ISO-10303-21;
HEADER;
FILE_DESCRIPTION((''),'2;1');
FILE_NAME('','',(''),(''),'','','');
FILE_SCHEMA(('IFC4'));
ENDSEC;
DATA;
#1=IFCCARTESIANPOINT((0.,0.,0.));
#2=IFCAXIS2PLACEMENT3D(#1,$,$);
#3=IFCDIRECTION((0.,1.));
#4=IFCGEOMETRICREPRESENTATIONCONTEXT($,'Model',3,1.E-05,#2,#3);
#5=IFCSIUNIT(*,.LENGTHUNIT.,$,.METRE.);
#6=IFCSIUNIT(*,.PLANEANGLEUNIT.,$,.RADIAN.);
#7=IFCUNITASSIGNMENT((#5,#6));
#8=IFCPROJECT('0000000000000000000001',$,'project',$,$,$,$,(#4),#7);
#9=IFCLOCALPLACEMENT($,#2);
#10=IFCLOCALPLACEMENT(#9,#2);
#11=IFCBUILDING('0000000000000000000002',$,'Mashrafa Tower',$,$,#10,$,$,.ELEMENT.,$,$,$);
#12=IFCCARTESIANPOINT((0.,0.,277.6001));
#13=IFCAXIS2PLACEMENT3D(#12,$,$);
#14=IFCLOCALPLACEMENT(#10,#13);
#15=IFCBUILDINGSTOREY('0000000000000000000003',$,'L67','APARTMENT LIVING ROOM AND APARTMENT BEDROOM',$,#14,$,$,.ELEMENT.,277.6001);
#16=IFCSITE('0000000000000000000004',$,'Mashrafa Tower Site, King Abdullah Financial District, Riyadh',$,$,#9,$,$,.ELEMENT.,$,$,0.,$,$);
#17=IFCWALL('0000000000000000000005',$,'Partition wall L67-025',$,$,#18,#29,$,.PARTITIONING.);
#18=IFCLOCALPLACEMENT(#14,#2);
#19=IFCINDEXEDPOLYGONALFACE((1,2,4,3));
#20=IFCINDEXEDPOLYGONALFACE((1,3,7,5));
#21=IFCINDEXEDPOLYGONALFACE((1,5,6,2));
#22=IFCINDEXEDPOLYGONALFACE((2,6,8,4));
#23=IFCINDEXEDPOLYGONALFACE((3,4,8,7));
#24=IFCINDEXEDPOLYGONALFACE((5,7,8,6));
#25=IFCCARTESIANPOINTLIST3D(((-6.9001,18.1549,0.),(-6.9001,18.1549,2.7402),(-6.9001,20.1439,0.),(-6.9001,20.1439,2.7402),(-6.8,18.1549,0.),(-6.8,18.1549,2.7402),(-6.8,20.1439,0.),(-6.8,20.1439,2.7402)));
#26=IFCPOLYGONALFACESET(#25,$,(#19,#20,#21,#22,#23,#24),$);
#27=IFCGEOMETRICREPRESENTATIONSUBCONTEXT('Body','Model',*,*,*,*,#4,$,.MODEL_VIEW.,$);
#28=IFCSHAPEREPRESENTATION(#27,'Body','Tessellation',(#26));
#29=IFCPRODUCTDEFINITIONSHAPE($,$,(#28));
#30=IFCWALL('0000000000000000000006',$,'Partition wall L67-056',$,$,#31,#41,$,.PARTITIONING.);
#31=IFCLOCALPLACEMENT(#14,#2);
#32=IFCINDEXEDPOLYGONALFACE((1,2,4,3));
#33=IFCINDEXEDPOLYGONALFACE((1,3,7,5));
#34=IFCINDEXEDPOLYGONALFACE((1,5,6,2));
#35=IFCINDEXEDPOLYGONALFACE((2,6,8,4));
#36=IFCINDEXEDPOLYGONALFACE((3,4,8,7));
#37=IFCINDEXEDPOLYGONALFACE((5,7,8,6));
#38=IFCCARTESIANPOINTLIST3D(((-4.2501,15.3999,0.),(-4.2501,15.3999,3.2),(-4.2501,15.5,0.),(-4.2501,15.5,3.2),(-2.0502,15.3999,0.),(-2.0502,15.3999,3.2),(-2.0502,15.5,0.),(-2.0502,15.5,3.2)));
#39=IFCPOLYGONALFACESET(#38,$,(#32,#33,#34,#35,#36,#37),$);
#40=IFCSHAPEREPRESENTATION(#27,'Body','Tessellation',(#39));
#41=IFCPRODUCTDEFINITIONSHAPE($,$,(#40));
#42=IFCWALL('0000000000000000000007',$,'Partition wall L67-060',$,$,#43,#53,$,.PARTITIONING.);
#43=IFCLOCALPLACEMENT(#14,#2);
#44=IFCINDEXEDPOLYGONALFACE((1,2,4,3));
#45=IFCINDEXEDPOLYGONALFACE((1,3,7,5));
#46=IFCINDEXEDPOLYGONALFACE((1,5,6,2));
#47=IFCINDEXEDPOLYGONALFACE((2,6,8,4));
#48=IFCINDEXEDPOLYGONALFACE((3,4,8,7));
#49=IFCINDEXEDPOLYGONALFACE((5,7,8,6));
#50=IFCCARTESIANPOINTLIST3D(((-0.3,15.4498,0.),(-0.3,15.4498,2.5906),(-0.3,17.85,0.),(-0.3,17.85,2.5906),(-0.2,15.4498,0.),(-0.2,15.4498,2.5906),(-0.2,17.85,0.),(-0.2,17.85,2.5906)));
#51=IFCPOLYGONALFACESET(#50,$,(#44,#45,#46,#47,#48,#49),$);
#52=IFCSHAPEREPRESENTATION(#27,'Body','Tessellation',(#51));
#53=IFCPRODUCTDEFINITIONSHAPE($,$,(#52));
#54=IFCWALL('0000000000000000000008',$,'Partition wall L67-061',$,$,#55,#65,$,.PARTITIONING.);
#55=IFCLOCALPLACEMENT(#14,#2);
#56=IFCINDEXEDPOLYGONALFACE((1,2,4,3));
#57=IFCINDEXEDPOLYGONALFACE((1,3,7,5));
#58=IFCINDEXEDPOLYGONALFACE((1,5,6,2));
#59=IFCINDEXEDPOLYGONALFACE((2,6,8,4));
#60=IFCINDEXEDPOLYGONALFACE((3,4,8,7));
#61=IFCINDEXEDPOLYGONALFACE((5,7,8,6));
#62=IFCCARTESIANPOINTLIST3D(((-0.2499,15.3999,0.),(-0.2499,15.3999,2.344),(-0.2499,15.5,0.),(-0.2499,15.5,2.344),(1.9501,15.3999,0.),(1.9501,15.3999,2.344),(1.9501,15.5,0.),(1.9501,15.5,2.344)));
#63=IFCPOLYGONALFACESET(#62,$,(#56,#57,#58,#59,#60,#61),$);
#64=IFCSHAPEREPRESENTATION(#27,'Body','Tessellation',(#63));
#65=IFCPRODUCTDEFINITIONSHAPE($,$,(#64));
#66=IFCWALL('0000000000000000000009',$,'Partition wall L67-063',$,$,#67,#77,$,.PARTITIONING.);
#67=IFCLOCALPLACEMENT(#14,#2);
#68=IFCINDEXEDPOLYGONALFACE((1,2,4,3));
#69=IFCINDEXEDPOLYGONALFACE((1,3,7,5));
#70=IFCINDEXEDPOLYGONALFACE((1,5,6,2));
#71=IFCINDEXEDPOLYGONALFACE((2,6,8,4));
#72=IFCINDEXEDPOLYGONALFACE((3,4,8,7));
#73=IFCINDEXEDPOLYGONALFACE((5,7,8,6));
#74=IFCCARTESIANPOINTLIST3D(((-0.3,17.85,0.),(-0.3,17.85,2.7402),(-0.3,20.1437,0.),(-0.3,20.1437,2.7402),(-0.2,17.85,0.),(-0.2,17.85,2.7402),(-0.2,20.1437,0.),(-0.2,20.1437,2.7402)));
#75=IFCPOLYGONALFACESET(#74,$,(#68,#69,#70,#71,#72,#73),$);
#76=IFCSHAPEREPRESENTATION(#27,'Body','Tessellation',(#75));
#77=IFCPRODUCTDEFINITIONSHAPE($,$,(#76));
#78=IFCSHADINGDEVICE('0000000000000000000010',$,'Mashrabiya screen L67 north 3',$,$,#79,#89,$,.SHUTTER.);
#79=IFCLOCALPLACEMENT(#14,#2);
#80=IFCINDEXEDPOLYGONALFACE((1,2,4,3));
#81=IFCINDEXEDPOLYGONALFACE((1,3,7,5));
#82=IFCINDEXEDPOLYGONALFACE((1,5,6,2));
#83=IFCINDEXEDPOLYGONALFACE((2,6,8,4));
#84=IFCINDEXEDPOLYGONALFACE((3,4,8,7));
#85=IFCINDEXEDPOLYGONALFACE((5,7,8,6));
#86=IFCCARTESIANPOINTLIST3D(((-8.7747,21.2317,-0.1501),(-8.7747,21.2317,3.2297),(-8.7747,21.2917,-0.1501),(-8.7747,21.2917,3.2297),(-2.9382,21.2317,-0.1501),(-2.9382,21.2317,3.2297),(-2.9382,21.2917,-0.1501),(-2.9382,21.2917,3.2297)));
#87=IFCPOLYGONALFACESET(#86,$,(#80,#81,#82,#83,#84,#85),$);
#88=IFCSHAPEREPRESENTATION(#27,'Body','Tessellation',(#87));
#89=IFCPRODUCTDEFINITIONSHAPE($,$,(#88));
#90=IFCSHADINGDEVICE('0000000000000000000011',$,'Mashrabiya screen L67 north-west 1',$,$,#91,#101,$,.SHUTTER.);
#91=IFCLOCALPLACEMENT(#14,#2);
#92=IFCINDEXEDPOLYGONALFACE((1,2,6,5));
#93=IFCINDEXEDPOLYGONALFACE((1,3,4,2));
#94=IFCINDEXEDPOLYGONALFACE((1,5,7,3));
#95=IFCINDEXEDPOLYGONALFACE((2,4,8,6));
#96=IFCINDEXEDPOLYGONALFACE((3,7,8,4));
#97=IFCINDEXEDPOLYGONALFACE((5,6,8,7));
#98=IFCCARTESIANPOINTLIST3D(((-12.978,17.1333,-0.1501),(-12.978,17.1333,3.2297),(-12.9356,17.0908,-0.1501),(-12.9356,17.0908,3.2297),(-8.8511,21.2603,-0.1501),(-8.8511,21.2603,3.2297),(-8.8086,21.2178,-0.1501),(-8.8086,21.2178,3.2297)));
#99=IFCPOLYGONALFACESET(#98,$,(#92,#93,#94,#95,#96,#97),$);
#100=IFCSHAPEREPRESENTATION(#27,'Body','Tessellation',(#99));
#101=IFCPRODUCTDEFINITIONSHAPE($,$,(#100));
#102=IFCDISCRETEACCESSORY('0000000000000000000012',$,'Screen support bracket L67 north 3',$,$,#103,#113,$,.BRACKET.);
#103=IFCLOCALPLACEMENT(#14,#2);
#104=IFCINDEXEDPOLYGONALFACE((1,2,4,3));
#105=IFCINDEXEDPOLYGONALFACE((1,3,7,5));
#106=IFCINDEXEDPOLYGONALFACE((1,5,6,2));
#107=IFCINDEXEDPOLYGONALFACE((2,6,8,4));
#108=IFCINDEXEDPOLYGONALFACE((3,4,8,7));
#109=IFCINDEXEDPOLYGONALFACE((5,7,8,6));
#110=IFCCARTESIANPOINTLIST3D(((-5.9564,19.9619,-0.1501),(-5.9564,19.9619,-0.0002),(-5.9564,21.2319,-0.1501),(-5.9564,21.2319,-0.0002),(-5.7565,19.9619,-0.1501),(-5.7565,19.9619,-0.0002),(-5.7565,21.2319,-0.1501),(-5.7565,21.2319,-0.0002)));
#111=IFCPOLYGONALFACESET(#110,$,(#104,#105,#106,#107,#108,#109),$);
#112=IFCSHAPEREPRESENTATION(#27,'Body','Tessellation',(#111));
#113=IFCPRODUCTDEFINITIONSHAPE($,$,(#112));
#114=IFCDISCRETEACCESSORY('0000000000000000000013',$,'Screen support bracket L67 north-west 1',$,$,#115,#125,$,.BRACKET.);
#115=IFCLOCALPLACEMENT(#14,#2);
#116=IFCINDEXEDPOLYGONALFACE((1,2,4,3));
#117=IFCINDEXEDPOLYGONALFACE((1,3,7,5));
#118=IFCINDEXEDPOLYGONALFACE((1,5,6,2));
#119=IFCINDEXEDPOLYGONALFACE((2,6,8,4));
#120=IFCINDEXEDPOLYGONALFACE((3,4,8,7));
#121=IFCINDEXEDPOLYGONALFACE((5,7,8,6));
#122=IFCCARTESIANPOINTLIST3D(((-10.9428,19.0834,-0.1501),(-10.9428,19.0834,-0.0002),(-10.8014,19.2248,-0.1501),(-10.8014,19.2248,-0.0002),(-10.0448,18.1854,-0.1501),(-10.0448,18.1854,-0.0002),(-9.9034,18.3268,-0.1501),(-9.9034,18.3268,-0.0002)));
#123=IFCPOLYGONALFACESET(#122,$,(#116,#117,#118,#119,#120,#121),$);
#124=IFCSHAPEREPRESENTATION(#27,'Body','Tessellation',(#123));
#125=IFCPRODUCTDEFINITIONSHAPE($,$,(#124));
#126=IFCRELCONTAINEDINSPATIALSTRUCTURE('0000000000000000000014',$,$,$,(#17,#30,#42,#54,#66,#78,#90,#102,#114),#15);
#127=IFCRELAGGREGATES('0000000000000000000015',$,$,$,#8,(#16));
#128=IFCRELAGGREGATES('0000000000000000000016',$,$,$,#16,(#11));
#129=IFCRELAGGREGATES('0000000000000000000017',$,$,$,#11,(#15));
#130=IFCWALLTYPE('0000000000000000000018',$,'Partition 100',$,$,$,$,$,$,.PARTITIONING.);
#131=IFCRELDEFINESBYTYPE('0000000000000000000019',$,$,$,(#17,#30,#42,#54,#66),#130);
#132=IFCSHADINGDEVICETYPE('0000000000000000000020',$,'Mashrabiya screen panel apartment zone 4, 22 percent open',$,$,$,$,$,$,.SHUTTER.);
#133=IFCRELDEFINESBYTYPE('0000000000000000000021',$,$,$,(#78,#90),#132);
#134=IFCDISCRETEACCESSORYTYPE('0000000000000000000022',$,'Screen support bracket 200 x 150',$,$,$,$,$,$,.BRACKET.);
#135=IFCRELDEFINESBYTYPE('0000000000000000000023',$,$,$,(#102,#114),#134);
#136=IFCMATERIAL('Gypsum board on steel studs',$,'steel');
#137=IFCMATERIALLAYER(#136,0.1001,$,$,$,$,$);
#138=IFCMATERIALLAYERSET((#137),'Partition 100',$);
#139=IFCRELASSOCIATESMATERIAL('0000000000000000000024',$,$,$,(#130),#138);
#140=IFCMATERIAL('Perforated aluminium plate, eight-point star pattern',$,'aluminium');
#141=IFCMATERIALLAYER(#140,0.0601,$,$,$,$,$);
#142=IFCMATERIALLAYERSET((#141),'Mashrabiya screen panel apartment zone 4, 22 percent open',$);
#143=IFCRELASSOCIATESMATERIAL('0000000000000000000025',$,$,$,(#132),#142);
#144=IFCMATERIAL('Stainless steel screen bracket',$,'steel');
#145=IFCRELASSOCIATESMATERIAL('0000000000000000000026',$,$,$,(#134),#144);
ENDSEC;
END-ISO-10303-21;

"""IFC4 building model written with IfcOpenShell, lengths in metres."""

from ifc_helpers import new_model, si_unit, direction, frame, frame_2d, origin, origin_2d, place, context, subcontext, project, spatial, rectangle, extrude, source, transform, mapped, material, layer, layer_set, type_object, type_shapes, element, save


model = new_model("IFC4")

# Units and contexts
model_context = context("Model", 3, precision=1e-05, world=origin(), true_north=direction((0.0, 1.0)))
body_context = subcontext(model_context, "Body", "Model", "MODEL_VIEW")
ifc_project = project(units=[si_unit("LENGTHUNIT", "METRE"), si_unit("PLANEANGLEUNIT", "RADIAN")], contexts=[model_context])

# Site, building, storey
site_placement = place(None, origin())
site = spatial("IfcSite", under=ifc_project, at=site_placement, Name="Mashrafa Tower Site, King Abdullah Financial District, Riyadh", CompositionType="ELEMENT", RefElevation=0.0)
building_placement = place(site_placement, origin())
building = spatial("IfcBuilding", under=site, at=building_placement, Name="Mashrafa Tower", CompositionType="ELEMENT")
storey_placement = place(building_placement, frame((0.0, 0.0, 277.6001)))
storey = spatial("IfcBuildingStorey", under=building, at=storey_placement, Name="L67", Description="APARTMENT LIVING ROOM AND APARTMENT BEDROOM", CompositionType="ELEMENT", Elevation=277.6001)

# Shared definitions
ifc_material_1 = material(Name="Gypsum board on steel studs", Category="steel")
ifc_layer_1 = layer(ifc_material_1, 0.1001)
ifc_layer_set_1 = layer_set([ifc_layer_1], Name="Partition 100")
wall_type = type_object("IfcWallType", Name="Partition 100", PredefinedType="PARTITIONING", material=ifc_layer_set_1)

# Walls
wall_1_placement = place(storey_placement, frame((-6.8501, 18.1548, 0.0), z_axis=(0.0, 0.0, 1.0), x_axis=(0.0, 1.0, 0.0)))
element("IfcWall", 1, at=wall_1_placement, inside=storey, type_object=wall_type, Name="Partition wall L67-025", PredefinedType="PARTITIONING", context=body_context, shape_type="SweptSolid", body=[
    extrude(rectangle(XDim=1.989, YDim=0.1001, at=frame_2d((0.9946, 0.0))), origin(), (0.0, 0.0, 1.0), 2.7402),
])
wall_2_placement = place(storey_placement, frame((-2.05, 15.45, 0.0), z_axis=(0.0, 0.0, 1.0), x_axis=(-1.0, 0.0, 0.0)))
element("IfcWall", 2, at=wall_2_placement, inside=storey, type_object=wall_type, Name="Partition wall L67-056", PredefinedType="PARTITIONING", context=body_context, shape_type="SweptSolid", body=[
    extrude(rectangle(XDim=2.2, YDim=0.1001, at=frame_2d((1.1001, 0.0))), origin(), (0.0, 0.0, 1.0), 3.2),
])
wall_3_placement = place(storey_placement, frame((-0.25, 17.8501, 0.0), z_axis=(0.0, 0.0, 1.0), x_axis=(0.0, -1.0, 0.0)))
element("IfcWall", 3, at=wall_3_placement, inside=storey, type_object=wall_type, Name="Partition wall L67-060", PredefinedType="PARTITIONING", context=body_context, shape_type="SweptSolid", body=[
    extrude(rectangle(XDim=2.4001, YDim=0.1001, at=frame_2d((1.2002, 0.0))), origin(), (0.0, 0.0, 1.0), 2.5906),
])
wall_4_placement = place(storey_placement, frame((-0.25, 15.45, 0.0), z_axis=(0.0, 0.0, 1.0), x_axis=(1.0, 0.0, 0.0)))
element("IfcWall", 4, at=wall_4_placement, inside=storey, type_object=wall_type, Name="Partition wall L67-061", PredefinedType="PARTITIONING", context=body_context, shape_type="SweptSolid", body=[
    extrude(rectangle(XDim=2.2, YDim=0.1001, at=frame_2d((1.1001, 0.0))), origin(), (0.0, 0.0, 1.0), 2.344),
])
wall_5_placement = place(storey_placement, frame((-0.25, 20.1438, 0.0), z_axis=(0.0, 0.0, 1.0), x_axis=(0.0, -1.0, 0.0)))
element("IfcWall", 5, at=wall_5_placement, inside=storey, type_object=wall_type, Name="Partition wall L67-063", PredefinedType="PARTITIONING", context=body_context, shape_type="SweptSolid", body=[
    extrude(rectangle(XDim=2.2937, YDim=0.1001, at=frame_2d((1.147, 0.0))), origin(), (0.0, 0.0, 1.0), 2.7402),
])

# Shading devices
ifc_material_2 = material(Name="Perforated aluminium plate, eight-point star pattern", Category="aluminium")
ifc_layer_2 = layer(ifc_material_2, 0.0601)
ifc_layer_set_2 = layer_set([ifc_layer_2], Name="Mashrabiya screen panel apartment zone 4, 22 percent open")
shading_device_type = type_object("IfcShadingDeviceType", Name="Mashrabiya screen panel apartment zone 4, 22 percent open", PredefinedType="SHUTTER", material=ifc_layer_set_2)
shared_shape_1 = source(origin(), body_context, "Body", "SweptSolid", [
    extrude(rectangle(XDim=5.8364, YDim=0.0601, at=origin_2d()), origin(), (0.0, 0.0, 1.0), 3.3799),
])
type_shapes(shading_device_type, [shared_shape_1])
for number, where, z_axis, x_axis, name in (
    (6, (-5.8564, 21.2617, -0.1501), (0.0, 0.0, 1.0), (-1.0, 0.0, 0.0), "Mashrabiya screen L67 north 3"),
    (7, (-10.8933, 19.1755, -0.1501), (0.0, 0.0, 1.0), (-0.707107, -0.707107, 0.0), "Mashrabiya screen L67 north-west 1"),
):
    element("IfcShadingDevice", number, at=place(storey_placement, frame(where, z_axis=z_axis, x_axis=x_axis)), inside=storey, type_object=shading_device_type, Name=name, PredefinedType="SHUTTER", context=body_context, shape_type="MappedRepresentation", body=[
        mapped(shared_shape_1, transform((0.0, 0.0, 0.0))),
    ])

# Discrete accessories
ifc_material_3 = material(Name="Stainless steel screen bracket", Category="steel")
discrete_accessory_type = type_object("IfcDiscreteAccessoryType", Name="Screen support bracket 200 x 150", PredefinedType="BRACKET", material=ifc_material_3)
shared_shape_2 = source(origin(), body_context, "Body", "SweptSolid", [
    extrude(rectangle(XDim=0.2, YDim=1.27, at=origin_2d()), origin(), (0.0, 0.0, 1.0), 0.1499),
])
type_shapes(discrete_accessory_type, [shared_shape_2])
for number, where, z_axis, x_axis, name in (
    (8, (-5.8564, 20.5969, -0.1501), (0.0, 0.0, 1.0), (-1.0, 0.0, 0.0), "Screen support bracket L67 north 3"),
    (9, (-10.4231, 18.7051, -0.1501), (0.0, 0.0, 1.0), (-0.707107, -0.707107, 0.0), "Screen support bracket L67 north-west 1"),
):
    element("IfcDiscreteAccessory", number, at=place(storey_placement, frame(where, z_axis=z_axis, x_axis=x_axis)), inside=storey, type_object=discrete_accessory_type, Name=name, PredefinedType="BRACKET", context=body_context, shape_type="MappedRepresentation", body=[
        mapped(shared_shape_2, transform((0.0, 0.0, 0.0))),
    ])

save(model, "model.ifc")
